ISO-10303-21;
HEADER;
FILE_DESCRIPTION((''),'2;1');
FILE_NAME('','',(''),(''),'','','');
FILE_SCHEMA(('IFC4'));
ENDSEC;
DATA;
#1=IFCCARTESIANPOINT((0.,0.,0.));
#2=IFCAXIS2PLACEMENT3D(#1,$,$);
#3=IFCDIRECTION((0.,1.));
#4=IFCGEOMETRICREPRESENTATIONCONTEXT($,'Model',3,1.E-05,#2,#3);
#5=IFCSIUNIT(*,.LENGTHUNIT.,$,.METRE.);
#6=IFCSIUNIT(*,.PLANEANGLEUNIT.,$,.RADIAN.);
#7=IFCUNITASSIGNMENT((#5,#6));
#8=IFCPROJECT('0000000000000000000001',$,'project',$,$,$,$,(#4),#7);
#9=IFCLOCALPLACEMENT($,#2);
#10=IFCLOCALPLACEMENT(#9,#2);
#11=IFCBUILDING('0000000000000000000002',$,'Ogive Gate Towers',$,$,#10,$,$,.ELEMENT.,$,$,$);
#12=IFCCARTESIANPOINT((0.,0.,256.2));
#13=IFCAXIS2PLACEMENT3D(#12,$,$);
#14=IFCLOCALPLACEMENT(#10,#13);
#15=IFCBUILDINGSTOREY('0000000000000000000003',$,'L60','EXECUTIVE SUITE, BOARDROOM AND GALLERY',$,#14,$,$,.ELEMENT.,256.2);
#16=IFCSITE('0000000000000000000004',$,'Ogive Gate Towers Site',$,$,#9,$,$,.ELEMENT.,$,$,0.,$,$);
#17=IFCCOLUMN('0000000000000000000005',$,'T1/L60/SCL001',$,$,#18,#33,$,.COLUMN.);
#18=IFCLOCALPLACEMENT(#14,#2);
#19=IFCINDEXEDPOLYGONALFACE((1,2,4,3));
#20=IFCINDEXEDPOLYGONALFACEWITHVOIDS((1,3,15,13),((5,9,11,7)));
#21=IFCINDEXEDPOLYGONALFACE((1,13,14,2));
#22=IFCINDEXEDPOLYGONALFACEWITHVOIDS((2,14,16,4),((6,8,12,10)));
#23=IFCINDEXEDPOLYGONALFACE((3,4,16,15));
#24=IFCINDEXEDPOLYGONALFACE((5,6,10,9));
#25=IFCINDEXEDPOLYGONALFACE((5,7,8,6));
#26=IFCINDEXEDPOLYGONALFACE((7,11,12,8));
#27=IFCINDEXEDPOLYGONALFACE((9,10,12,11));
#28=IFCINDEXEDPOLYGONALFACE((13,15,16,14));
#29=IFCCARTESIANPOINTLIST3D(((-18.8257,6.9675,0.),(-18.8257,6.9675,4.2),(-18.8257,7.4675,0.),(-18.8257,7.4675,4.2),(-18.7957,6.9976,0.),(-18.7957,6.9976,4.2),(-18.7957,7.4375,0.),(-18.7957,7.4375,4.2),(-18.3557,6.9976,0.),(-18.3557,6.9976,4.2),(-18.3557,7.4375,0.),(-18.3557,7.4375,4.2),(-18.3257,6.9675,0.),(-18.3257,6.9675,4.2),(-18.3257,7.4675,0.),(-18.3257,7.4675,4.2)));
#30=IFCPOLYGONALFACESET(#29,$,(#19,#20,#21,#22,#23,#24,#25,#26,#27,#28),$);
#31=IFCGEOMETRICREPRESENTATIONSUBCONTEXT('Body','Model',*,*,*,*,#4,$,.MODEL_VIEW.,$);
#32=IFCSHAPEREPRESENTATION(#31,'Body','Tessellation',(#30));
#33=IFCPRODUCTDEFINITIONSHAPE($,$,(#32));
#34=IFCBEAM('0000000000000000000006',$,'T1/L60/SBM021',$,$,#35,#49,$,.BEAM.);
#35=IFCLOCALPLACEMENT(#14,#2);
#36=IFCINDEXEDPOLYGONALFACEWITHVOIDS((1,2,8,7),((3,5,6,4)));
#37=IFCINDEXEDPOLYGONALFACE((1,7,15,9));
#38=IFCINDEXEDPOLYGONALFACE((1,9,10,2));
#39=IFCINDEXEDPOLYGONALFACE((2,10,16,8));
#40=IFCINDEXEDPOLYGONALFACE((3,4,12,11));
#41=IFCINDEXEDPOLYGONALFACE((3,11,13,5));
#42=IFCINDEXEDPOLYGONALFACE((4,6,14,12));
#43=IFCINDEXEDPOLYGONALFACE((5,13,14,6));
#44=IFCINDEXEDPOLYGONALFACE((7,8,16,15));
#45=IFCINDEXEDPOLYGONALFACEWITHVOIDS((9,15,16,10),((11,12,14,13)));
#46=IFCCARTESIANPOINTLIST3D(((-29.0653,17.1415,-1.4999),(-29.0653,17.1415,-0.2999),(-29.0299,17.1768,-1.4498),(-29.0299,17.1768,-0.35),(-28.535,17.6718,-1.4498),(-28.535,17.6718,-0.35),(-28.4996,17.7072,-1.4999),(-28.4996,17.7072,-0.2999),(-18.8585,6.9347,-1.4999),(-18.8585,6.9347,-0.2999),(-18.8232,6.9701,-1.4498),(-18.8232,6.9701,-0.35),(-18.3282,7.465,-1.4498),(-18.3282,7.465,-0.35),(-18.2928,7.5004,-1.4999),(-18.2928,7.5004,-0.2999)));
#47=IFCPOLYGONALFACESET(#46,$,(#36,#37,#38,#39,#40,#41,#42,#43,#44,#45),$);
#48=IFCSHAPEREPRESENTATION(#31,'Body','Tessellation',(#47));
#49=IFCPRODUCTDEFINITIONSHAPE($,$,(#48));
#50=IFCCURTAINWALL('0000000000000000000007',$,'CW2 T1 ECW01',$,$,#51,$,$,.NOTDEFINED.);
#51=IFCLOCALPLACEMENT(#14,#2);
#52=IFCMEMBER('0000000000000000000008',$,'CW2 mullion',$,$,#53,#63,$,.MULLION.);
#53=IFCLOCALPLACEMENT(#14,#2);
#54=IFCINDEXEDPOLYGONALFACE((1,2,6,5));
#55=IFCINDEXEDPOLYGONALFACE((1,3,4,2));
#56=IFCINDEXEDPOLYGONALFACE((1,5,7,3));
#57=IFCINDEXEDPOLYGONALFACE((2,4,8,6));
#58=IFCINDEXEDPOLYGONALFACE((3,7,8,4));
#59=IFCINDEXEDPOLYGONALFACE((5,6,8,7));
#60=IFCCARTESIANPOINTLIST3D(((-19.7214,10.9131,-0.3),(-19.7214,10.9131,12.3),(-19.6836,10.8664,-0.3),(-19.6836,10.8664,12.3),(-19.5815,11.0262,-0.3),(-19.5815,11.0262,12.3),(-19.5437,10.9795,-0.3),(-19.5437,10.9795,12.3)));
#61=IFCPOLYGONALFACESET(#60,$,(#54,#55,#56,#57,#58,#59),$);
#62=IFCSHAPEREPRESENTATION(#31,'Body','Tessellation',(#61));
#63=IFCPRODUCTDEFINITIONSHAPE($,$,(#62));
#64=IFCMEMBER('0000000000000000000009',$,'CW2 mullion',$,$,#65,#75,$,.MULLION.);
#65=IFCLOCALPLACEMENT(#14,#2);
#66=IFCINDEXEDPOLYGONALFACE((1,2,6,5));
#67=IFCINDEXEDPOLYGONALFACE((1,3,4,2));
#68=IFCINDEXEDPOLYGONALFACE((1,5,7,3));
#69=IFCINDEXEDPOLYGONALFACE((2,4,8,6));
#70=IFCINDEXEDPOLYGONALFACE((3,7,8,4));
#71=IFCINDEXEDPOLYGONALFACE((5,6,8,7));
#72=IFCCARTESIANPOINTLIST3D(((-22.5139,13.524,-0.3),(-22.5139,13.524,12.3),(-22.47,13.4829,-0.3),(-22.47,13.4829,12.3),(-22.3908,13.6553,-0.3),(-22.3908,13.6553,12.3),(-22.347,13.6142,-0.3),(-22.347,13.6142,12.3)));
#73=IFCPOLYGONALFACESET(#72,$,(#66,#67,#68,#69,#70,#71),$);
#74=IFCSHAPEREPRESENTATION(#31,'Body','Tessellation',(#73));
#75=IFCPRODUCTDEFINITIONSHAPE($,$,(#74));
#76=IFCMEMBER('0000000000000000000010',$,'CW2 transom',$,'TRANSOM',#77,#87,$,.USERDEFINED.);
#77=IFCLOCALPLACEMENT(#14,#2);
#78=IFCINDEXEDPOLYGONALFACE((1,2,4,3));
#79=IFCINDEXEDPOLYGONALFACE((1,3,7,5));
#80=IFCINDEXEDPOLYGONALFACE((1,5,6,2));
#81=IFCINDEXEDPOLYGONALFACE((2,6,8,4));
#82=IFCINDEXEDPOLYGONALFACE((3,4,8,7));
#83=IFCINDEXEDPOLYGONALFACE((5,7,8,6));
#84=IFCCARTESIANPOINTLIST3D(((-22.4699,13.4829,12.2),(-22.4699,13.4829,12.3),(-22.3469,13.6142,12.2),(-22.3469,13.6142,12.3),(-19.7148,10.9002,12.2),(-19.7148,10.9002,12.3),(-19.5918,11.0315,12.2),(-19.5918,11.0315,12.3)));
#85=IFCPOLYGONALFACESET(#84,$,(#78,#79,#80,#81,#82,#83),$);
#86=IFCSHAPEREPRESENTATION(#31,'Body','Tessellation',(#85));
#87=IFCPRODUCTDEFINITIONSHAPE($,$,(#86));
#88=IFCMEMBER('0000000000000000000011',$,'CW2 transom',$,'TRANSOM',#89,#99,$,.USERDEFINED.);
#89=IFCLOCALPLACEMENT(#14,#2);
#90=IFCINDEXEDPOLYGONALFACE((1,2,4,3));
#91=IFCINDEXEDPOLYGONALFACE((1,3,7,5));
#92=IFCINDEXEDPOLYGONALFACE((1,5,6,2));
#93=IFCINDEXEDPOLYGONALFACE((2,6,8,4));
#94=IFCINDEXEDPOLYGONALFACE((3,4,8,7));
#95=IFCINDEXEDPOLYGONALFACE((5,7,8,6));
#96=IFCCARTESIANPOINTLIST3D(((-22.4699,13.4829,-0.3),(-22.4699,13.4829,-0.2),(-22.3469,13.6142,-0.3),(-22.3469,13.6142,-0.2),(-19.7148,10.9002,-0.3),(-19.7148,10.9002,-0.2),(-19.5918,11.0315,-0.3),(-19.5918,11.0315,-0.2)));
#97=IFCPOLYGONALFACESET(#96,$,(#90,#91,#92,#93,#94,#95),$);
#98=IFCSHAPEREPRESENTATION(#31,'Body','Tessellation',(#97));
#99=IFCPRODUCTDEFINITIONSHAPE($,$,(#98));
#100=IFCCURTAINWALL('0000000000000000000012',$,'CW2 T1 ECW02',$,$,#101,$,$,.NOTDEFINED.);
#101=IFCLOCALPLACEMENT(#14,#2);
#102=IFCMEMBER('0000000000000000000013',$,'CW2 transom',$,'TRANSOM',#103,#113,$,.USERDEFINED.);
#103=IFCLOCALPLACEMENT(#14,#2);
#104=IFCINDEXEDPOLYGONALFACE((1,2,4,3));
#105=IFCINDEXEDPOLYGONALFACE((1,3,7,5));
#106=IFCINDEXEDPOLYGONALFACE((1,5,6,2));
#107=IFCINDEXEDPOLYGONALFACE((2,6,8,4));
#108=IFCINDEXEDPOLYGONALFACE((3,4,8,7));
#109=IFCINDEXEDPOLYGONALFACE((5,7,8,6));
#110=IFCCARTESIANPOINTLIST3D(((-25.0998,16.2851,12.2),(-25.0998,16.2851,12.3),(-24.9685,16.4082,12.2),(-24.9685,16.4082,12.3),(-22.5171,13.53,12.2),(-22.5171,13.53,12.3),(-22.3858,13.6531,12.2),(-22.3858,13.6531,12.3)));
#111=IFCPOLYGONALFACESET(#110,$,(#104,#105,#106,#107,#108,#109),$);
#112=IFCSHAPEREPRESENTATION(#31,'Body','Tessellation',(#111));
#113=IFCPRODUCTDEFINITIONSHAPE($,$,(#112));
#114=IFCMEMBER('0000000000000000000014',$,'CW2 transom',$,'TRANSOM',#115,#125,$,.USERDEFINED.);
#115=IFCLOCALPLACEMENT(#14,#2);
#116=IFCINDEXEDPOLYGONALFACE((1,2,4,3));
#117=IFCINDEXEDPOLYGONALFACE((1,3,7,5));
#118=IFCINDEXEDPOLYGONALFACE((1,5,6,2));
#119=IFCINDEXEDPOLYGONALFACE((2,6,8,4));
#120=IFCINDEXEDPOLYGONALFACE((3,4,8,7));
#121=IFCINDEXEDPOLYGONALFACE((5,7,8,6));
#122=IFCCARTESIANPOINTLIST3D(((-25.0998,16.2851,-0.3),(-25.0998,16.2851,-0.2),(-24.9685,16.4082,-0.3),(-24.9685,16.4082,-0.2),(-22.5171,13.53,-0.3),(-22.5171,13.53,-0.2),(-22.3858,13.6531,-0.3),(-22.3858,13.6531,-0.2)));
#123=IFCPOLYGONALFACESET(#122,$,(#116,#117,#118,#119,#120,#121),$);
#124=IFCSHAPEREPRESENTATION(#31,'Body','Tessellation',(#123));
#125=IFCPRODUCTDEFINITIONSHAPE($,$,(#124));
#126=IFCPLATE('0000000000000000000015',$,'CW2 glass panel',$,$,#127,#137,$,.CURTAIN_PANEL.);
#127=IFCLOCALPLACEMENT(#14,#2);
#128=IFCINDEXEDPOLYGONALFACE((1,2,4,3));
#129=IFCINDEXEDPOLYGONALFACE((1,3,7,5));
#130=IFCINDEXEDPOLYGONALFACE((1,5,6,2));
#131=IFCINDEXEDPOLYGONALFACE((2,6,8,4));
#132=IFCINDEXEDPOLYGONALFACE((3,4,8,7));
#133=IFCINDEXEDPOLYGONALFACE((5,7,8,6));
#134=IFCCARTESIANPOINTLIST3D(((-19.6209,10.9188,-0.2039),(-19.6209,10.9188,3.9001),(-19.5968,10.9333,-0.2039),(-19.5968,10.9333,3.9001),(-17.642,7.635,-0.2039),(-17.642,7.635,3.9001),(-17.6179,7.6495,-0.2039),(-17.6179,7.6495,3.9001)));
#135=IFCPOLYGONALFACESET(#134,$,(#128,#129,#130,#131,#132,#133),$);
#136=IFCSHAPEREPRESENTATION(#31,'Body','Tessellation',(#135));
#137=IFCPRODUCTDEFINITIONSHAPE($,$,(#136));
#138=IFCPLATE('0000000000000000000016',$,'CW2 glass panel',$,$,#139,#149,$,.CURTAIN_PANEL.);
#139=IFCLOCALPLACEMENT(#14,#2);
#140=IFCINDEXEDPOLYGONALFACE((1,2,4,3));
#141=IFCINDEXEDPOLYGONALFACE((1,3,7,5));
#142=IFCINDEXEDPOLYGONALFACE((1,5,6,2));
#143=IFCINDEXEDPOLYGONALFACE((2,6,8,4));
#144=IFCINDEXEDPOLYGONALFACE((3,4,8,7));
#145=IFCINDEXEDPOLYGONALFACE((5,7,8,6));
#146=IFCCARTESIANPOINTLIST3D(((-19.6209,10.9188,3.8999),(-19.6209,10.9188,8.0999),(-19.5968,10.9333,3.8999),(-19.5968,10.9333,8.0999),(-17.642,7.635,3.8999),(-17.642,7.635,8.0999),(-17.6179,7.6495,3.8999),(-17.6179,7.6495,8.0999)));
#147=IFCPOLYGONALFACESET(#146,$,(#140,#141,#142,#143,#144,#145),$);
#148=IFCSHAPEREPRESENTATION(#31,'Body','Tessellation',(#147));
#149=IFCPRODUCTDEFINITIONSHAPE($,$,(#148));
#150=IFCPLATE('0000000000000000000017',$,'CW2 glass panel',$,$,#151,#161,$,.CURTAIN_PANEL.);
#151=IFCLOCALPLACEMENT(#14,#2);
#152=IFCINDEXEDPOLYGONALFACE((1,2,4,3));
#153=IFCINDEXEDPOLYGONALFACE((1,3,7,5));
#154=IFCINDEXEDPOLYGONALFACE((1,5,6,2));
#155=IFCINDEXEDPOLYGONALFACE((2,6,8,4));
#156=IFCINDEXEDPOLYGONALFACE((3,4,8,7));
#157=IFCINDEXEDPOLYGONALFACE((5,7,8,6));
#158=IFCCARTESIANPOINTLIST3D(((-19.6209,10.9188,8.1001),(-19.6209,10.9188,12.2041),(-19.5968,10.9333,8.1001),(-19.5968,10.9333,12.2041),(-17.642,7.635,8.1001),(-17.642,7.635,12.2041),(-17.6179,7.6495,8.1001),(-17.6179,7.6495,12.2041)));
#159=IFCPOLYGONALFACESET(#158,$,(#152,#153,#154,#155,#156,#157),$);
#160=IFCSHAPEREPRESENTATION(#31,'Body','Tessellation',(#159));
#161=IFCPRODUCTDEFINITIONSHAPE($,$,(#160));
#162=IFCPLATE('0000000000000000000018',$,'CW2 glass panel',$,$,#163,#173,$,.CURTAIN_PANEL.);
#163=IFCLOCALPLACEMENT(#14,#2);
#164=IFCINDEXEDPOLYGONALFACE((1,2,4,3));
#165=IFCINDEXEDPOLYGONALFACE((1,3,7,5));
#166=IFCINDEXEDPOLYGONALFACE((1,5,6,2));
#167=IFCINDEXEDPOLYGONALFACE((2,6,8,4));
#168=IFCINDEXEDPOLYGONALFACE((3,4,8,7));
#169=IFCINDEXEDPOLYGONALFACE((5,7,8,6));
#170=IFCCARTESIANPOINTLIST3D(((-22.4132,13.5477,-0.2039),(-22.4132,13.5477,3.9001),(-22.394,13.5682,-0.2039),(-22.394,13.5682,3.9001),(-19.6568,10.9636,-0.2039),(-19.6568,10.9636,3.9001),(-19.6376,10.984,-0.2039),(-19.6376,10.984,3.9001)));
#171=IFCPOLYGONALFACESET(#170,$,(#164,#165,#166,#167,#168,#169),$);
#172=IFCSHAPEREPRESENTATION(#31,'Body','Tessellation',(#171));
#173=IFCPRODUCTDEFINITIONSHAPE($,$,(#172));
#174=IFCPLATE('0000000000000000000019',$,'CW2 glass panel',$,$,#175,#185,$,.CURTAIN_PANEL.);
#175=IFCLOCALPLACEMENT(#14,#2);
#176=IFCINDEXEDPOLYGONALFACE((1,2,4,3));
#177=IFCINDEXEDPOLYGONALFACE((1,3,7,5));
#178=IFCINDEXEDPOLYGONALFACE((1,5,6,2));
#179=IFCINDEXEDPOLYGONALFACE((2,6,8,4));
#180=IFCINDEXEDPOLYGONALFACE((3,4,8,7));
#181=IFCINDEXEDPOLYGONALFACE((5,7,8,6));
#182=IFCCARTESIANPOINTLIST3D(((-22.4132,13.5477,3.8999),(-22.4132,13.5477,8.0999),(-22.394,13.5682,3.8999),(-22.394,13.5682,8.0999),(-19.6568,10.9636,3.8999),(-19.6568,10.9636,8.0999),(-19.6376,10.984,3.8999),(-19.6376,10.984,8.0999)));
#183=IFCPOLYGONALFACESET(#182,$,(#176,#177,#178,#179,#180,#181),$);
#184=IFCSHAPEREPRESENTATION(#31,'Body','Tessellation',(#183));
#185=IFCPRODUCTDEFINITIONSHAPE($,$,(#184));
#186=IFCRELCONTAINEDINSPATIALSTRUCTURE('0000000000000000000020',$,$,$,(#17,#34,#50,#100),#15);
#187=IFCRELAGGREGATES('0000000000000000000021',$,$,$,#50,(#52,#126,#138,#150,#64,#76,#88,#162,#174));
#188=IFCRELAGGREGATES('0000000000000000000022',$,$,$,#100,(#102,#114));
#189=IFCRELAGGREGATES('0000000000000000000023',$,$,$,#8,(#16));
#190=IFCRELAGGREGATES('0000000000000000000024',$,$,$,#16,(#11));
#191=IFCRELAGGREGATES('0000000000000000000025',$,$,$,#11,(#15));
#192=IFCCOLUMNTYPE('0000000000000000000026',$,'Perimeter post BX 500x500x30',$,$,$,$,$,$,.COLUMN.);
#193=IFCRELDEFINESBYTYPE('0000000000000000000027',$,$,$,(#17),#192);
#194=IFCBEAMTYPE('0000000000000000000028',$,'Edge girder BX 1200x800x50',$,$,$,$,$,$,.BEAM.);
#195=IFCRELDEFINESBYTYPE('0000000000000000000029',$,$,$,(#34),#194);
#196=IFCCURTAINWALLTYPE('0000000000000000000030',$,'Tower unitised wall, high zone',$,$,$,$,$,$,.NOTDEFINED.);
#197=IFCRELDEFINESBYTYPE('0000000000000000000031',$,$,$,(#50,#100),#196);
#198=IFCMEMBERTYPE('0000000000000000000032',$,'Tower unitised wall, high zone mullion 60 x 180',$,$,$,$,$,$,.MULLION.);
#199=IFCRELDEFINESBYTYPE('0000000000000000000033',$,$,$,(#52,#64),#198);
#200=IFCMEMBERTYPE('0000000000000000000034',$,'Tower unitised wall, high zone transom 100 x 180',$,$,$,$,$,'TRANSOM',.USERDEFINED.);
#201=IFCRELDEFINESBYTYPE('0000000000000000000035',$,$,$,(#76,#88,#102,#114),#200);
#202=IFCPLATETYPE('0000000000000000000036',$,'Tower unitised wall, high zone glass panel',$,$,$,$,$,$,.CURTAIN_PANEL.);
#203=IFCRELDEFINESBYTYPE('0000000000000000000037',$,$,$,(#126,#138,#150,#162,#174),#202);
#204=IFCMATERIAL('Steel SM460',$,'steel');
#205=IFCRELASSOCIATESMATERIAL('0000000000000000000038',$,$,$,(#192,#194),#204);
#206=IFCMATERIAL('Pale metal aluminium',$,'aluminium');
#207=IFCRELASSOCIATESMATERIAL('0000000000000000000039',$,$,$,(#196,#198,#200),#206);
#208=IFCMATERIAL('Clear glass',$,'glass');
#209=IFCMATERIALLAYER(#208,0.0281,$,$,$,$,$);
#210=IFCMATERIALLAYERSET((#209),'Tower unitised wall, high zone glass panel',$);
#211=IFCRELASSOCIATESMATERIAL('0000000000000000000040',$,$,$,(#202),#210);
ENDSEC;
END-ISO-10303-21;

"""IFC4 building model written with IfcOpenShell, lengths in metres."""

from ifc_helpers import new_model, si_unit, direction, frame, origin, origin_2d, place, context, subcontext, project, spatial, rectangle, hollow_rectangle, extrude, material, layer, layer_set, material_profile, profile_set, type_object, element, aggregate, save


model = new_model("IFC4")

# Units and contexts
model_context = context("Model", 3, precision=1e-05, world=origin(), true_north=direction((0.0, 1.0)))
body_context = subcontext(model_context, "Body", "Model", "MODEL_VIEW")
ifc_project = project(units=[si_unit("LENGTHUNIT", "METRE"), si_unit("PLANEANGLEUNIT", "RADIAN")], contexts=[model_context])

# Site, building, storey
site_placement = place(None, origin())
site = spatial("IfcSite", under=ifc_project, at=site_placement, Name="Ogive Gate Towers Site", CompositionType="ELEMENT", RefElevation=0.0)
building_placement = place(site_placement, origin())
building = spatial("IfcBuilding", under=site, at=building_placement, Name="Ogive Gate Towers", CompositionType="ELEMENT")
storey_placement = place(building_placement, frame((0.0, 0.0, 256.2)))
storey = spatial("IfcBuildingStorey", under=building, at=storey_placement, Name="L60", Description="EXECUTIVE SUITE, BOARDROOM AND GALLERY", CompositionType="ELEMENT", Elevation=256.2)

# Column
ifc_material_1 = material(Name="Steel SM460", Category="steel")
ifc_material_profile_1 = material_profile(ifc_material_1, hollow_rectangle(XDim=0.5, YDim=0.5, WallThickness=0.03, at=origin_2d()), Name="BX 500x500x30")
ifc_profile_set_1 = profile_set([ifc_material_profile_1], Name="Steel SM460")
column_type = type_object("IfcColumnType", Name="Perimeter post BX 500x500x30", PredefinedType="COLUMN", material=ifc_profile_set_1)
column_placement = place(storey_placement, frame((-18.5757, 7.2175, 0.0), z_axis=(0.0, 0.0, 1.0), x_axis=(1.0, 0.0, 0.0)))
element("IfcColumn", 1, at=column_placement, inside=storey, type_object=column_type, Name="T1/L60/SCL001", PredefinedType="COLUMN", context=body_context, shape_type="SweptSolid", body=[
    extrude(hollow_rectangle(XDim=0.5, YDim=0.5, WallThickness=0.03, at=origin_2d()), origin(), (0.0, 0.0, 1.0), 4.2),
])

# Beam
ifc_material_profile_2 = material_profile(ifc_material_1, hollow_rectangle(XDim=0.8, YDim=1.2, WallThickness=0.05, at=origin_2d()), Name="BX 1200x800x50")
ifc_profile_set_2 = profile_set([ifc_material_profile_2], Name="Steel SM460")
beam_type = type_object("IfcBeamType", Name="Edge girder BX 1200x800x50", PredefinedType="BEAM", material=ifc_profile_set_2)
beam_placement = place(storey_placement, frame((-18.5757, 7.2175, -0.8999), z_axis=(-0.707107, 0.707107, 0.0), x_axis=(-0.707107, -0.707107, 0.0)))
element("IfcBeam", 2, at=beam_placement, inside=storey, type_object=beam_type, Name="T1/L60/SBM021", PredefinedType="BEAM", context=body_context, shape_type="SweptSolid", body=[
    extrude(hollow_rectangle(XDim=0.8, YDim=1.2, WallThickness=0.05, at=origin_2d()), origin(), (0.0, 0.0, 1.0), 14.4346),
])

# Curtain walls, members
ifc_material_2 = material(Name="Pale metal aluminium", Category="aluminium")
curtain_wall_type = type_object("IfcCurtainWallType", Name="Tower unitised wall, high zone", PredefinedType="NOTDEFINED", material=ifc_material_2)
curtain_wall_1_placement = place(storey_placement, origin())
curtain_wall_1 = element("IfcCurtainWall", 3, at=curtain_wall_1_placement, inside=storey, type_object=curtain_wall_type, Name="CW2 T1 ECW01", PredefinedType="NOTDEFINED")
ifc_material_profile_3 = material_profile(ifc_material_2, rectangle(XDim=0.1799, YDim=0.0601, at=origin_2d()), Name="60 x 180 aluminium box")
ifc_profile_set_3 = profile_set([ifc_material_profile_3], Name="Pale metal aluminium")
member_type_1 = type_object("IfcMemberType", Name="Tower unitised wall, high zone mullion 60 x 180", PredefinedType="MULLION", material=ifc_profile_set_3)
member_1_placement = place(storey_placement, frame((-19.6326, 10.9463, -0.3), z_axis=(0.0, 0.0, 1.0), x_axis=(0.777574, 0.628791, 0.0)))
member_1 = element("IfcMember", 4, at=member_1_placement, type_object=member_type_1, Name="CW2 mullion", PredefinedType="MULLION", context=body_context, shape_type="SweptSolid", body=[
    extrude(rectangle(XDim=0.1799, YDim=0.0601, at=origin_2d()), origin(), (0.0, 0.0, 1.0), 12.6001),
])
member_2_placement = place(storey_placement, frame((-22.4304, 13.5691, -0.3), z_axis=(0.0, 0.0, 1.0), x_axis=(0.683936, 0.729542, 0.0)))
member_2 = element("IfcMember", 5, at=member_2_placement, type_object=member_type_1, Name="CW2 mullion", PredefinedType="MULLION", context=body_context, shape_type="SweptSolid", body=[
    extrude(rectangle(XDim=0.1799, YDim=0.0601, at=origin_2d()), origin(), (0.0, 0.0, 1.0), 12.6001),
])
ifc_material_profile_4 = material_profile(ifc_material_2, rectangle(XDim=0.1799, YDim=0.1001, at=origin_2d()), Name="100 x 180 aluminium box")
ifc_profile_set_4 = profile_set([ifc_material_profile_4], Name="Pale metal aluminium")
member_type_2 = type_object("IfcMemberType", Name="Tower unitised wall, high zone transom 100 x 180", ElementType="TRANSOM", PredefinedType="USERDEFINED", material=ifc_profile_set_4)
member_3_placement = place(storey_placement, frame((-19.6533, 10.9658, 12.25), z_axis=(-0.729559, 0.683917, 0.0), x_axis=(-0.683917, -0.729559, 0.0)))
member_3 = element("IfcMember", 6, at=member_3_placement, type_object=member_type_2, Name="CW2 transom", ObjectType="TRANSOM", PredefinedType="USERDEFINED", context=body_context, shape_type="SweptSolid", body=[
    extrude(rectangle(XDim=0.1799, YDim=0.1001, at=origin_2d()), origin(), (0.0, 0.0, 1.0), 3.7764),
])
member_4_placement = place(storey_placement, frame((-19.6533, 10.9658, -0.25), z_axis=(-0.729559, 0.683917, 0.0), x_axis=(-0.683917, -0.729559, 0.0)))
member_4 = element("IfcMember", 7, at=member_4_placement, type_object=member_type_2, Name="CW2 transom", ObjectType="TRANSOM", PredefinedType="USERDEFINED", context=body_context, shape_type="SweptSolid", body=[
    extrude(rectangle(XDim=0.1799, YDim=0.1001, at=origin_2d()), origin(), (0.0, 0.0, 1.0), 3.7764),
])
curtain_wall_2_placement = place(storey_placement, origin())
curtain_wall_2 = element("IfcCurtainWall", 8, at=curtain_wall_2_placement, inside=storey, type_object=curtain_wall_type, Name="CW2 T1 ECW02", PredefinedType="NOTDEFINED")
member_5_placement = place(storey_placement, frame((-22.4514, 13.5916, 12.25), z_axis=(-0.683917, 0.729559, 0.0), x_axis=(-0.729559, -0.683917, 0.0)))
member_5 = element("IfcMember", 9, at=member_5_placement, type_object=member_type_2, Name="CW2 transom", ObjectType="TRANSOM", PredefinedType="USERDEFINED", context=body_context, shape_type="SweptSolid", body=[
    extrude(rectangle(XDim=0.1799, YDim=0.1001, at=origin_2d()), origin(), (0.0, 0.0, 1.0), 3.7764),
])
member_6_placement = place(storey_placement, frame((-22.4514, 13.5916, -0.25), z_axis=(-0.683917, 0.729559, 0.0), x_axis=(-0.729559, -0.683917, 0.0)))
member_6 = element("IfcMember", 10, at=member_6_placement, type_object=member_type_2, Name="CW2 transom", ObjectType="TRANSOM", PredefinedType="USERDEFINED", context=body_context, shape_type="SweptSolid", body=[
    extrude(rectangle(XDim=0.1799, YDim=0.1001, at=origin_2d()), origin(), (0.0, 0.0, 1.0), 3.7764),
])

# Plates
ifc_material_3 = material(Name="Clear glass", Category="glass")
ifc_layer_1 = layer(ifc_material_3, 0.0281)
ifc_layer_set_1 = layer_set([ifc_layer_1], Name="Tower unitised wall, high zone glass panel")
plate_type = type_object("IfcPlateType", Name="Tower unitised wall, high zone glass panel", PredefinedType="CURTAIN_PANEL", material=ifc_layer_set_1)
plate_1_placement = place(storey_placement, frame((-18.6194, 9.2842, -0.2039), z_axis=(0.0, 0.0, 1.0), x_axis=(-0.516145, 0.856501, 0.0)))
plate_1 = element("IfcPlate", 11, at=plate_1_placement, type_object=plate_type, Name="CW2 glass panel", PredefinedType="CURTAIN_PANEL", context=body_context, shape_type="SweptSolid", body=[
    extrude(rectangle(XDim=3.834, YDim=0.0281, at=origin_2d()), origin(), (0.0, 0.0, 1.0), 4.104),
])
plate_2_placement = place(storey_placement, frame((-18.6194, 9.2842, 3.8999), z_axis=(0.0, 0.0, 1.0), x_axis=(-0.516145, 0.856501, 0.0)))
plate_2 = element("IfcPlate", 12, at=plate_2_placement, type_object=plate_type, Name="CW2 glass panel", PredefinedType="CURTAIN_PANEL", context=body_context, shape_type="SweptSolid", body=[
    extrude(rectangle(XDim=3.834, YDim=0.0281, at=origin_2d()), origin(), (0.0, 0.0, 1.0), 4.2),
])
plate_3_placement = place(storey_placement, frame((-18.6194, 9.2842, 8.1001), z_axis=(0.0, 0.0, 1.0), x_axis=(-0.516145, 0.856501, 0.0)))
plate_3 = element("IfcPlate", 13, at=plate_3_placement, type_object=plate_type, Name="CW2 glass panel", PredefinedType="CURTAIN_PANEL", context=body_context, shape_type="SweptSolid", body=[
    extrude(rectangle(XDim=3.834, YDim=0.0281, at=origin_2d()), origin(), (0.0, 0.0, 1.0), 4.104),
])
plate_4_placement = place(storey_placement, frame((-21.0254, 12.2659, -0.2039), z_axis=(0.0, 0.0, 1.0), x_axis=(-0.729542, 0.683936, 0.0)))
plate_4 = element("IfcPlate", 14, at=plate_4_placement, type_object=plate_type, Name="CW2 glass panel", PredefinedType="CURTAIN_PANEL", context=body_context, shape_type="SweptSolid", body=[
    extrude(rectangle(XDim=3.7783, YDim=0.0281, at=origin_2d()), origin(), (0.0, 0.0, 1.0), 4.104),
])
plate_5_placement = place(storey_placement, frame((-21.0254, 12.2659, 3.8999), z_axis=(0.0, 0.0, 1.0), x_axis=(-0.729542, 0.683936, 0.0)))
plate_5 = element("IfcPlate", 15, at=plate_5_placement, type_object=plate_type, Name="CW2 glass panel", PredefinedType="CURTAIN_PANEL", context=body_context, shape_type="SweptSolid", body=[
    extrude(rectangle(XDim=3.7783, YDim=0.0281, at=origin_2d()), origin(), (0.0, 0.0, 1.0), 4.2),
])
aggregate(curtain_wall_1, [member_1, plate_1, plate_2, plate_3, member_2, member_3, member_4, plate_4, plate_5])
aggregate(curtain_wall_2, [member_5, member_6])

save(model, "model.ifc")
